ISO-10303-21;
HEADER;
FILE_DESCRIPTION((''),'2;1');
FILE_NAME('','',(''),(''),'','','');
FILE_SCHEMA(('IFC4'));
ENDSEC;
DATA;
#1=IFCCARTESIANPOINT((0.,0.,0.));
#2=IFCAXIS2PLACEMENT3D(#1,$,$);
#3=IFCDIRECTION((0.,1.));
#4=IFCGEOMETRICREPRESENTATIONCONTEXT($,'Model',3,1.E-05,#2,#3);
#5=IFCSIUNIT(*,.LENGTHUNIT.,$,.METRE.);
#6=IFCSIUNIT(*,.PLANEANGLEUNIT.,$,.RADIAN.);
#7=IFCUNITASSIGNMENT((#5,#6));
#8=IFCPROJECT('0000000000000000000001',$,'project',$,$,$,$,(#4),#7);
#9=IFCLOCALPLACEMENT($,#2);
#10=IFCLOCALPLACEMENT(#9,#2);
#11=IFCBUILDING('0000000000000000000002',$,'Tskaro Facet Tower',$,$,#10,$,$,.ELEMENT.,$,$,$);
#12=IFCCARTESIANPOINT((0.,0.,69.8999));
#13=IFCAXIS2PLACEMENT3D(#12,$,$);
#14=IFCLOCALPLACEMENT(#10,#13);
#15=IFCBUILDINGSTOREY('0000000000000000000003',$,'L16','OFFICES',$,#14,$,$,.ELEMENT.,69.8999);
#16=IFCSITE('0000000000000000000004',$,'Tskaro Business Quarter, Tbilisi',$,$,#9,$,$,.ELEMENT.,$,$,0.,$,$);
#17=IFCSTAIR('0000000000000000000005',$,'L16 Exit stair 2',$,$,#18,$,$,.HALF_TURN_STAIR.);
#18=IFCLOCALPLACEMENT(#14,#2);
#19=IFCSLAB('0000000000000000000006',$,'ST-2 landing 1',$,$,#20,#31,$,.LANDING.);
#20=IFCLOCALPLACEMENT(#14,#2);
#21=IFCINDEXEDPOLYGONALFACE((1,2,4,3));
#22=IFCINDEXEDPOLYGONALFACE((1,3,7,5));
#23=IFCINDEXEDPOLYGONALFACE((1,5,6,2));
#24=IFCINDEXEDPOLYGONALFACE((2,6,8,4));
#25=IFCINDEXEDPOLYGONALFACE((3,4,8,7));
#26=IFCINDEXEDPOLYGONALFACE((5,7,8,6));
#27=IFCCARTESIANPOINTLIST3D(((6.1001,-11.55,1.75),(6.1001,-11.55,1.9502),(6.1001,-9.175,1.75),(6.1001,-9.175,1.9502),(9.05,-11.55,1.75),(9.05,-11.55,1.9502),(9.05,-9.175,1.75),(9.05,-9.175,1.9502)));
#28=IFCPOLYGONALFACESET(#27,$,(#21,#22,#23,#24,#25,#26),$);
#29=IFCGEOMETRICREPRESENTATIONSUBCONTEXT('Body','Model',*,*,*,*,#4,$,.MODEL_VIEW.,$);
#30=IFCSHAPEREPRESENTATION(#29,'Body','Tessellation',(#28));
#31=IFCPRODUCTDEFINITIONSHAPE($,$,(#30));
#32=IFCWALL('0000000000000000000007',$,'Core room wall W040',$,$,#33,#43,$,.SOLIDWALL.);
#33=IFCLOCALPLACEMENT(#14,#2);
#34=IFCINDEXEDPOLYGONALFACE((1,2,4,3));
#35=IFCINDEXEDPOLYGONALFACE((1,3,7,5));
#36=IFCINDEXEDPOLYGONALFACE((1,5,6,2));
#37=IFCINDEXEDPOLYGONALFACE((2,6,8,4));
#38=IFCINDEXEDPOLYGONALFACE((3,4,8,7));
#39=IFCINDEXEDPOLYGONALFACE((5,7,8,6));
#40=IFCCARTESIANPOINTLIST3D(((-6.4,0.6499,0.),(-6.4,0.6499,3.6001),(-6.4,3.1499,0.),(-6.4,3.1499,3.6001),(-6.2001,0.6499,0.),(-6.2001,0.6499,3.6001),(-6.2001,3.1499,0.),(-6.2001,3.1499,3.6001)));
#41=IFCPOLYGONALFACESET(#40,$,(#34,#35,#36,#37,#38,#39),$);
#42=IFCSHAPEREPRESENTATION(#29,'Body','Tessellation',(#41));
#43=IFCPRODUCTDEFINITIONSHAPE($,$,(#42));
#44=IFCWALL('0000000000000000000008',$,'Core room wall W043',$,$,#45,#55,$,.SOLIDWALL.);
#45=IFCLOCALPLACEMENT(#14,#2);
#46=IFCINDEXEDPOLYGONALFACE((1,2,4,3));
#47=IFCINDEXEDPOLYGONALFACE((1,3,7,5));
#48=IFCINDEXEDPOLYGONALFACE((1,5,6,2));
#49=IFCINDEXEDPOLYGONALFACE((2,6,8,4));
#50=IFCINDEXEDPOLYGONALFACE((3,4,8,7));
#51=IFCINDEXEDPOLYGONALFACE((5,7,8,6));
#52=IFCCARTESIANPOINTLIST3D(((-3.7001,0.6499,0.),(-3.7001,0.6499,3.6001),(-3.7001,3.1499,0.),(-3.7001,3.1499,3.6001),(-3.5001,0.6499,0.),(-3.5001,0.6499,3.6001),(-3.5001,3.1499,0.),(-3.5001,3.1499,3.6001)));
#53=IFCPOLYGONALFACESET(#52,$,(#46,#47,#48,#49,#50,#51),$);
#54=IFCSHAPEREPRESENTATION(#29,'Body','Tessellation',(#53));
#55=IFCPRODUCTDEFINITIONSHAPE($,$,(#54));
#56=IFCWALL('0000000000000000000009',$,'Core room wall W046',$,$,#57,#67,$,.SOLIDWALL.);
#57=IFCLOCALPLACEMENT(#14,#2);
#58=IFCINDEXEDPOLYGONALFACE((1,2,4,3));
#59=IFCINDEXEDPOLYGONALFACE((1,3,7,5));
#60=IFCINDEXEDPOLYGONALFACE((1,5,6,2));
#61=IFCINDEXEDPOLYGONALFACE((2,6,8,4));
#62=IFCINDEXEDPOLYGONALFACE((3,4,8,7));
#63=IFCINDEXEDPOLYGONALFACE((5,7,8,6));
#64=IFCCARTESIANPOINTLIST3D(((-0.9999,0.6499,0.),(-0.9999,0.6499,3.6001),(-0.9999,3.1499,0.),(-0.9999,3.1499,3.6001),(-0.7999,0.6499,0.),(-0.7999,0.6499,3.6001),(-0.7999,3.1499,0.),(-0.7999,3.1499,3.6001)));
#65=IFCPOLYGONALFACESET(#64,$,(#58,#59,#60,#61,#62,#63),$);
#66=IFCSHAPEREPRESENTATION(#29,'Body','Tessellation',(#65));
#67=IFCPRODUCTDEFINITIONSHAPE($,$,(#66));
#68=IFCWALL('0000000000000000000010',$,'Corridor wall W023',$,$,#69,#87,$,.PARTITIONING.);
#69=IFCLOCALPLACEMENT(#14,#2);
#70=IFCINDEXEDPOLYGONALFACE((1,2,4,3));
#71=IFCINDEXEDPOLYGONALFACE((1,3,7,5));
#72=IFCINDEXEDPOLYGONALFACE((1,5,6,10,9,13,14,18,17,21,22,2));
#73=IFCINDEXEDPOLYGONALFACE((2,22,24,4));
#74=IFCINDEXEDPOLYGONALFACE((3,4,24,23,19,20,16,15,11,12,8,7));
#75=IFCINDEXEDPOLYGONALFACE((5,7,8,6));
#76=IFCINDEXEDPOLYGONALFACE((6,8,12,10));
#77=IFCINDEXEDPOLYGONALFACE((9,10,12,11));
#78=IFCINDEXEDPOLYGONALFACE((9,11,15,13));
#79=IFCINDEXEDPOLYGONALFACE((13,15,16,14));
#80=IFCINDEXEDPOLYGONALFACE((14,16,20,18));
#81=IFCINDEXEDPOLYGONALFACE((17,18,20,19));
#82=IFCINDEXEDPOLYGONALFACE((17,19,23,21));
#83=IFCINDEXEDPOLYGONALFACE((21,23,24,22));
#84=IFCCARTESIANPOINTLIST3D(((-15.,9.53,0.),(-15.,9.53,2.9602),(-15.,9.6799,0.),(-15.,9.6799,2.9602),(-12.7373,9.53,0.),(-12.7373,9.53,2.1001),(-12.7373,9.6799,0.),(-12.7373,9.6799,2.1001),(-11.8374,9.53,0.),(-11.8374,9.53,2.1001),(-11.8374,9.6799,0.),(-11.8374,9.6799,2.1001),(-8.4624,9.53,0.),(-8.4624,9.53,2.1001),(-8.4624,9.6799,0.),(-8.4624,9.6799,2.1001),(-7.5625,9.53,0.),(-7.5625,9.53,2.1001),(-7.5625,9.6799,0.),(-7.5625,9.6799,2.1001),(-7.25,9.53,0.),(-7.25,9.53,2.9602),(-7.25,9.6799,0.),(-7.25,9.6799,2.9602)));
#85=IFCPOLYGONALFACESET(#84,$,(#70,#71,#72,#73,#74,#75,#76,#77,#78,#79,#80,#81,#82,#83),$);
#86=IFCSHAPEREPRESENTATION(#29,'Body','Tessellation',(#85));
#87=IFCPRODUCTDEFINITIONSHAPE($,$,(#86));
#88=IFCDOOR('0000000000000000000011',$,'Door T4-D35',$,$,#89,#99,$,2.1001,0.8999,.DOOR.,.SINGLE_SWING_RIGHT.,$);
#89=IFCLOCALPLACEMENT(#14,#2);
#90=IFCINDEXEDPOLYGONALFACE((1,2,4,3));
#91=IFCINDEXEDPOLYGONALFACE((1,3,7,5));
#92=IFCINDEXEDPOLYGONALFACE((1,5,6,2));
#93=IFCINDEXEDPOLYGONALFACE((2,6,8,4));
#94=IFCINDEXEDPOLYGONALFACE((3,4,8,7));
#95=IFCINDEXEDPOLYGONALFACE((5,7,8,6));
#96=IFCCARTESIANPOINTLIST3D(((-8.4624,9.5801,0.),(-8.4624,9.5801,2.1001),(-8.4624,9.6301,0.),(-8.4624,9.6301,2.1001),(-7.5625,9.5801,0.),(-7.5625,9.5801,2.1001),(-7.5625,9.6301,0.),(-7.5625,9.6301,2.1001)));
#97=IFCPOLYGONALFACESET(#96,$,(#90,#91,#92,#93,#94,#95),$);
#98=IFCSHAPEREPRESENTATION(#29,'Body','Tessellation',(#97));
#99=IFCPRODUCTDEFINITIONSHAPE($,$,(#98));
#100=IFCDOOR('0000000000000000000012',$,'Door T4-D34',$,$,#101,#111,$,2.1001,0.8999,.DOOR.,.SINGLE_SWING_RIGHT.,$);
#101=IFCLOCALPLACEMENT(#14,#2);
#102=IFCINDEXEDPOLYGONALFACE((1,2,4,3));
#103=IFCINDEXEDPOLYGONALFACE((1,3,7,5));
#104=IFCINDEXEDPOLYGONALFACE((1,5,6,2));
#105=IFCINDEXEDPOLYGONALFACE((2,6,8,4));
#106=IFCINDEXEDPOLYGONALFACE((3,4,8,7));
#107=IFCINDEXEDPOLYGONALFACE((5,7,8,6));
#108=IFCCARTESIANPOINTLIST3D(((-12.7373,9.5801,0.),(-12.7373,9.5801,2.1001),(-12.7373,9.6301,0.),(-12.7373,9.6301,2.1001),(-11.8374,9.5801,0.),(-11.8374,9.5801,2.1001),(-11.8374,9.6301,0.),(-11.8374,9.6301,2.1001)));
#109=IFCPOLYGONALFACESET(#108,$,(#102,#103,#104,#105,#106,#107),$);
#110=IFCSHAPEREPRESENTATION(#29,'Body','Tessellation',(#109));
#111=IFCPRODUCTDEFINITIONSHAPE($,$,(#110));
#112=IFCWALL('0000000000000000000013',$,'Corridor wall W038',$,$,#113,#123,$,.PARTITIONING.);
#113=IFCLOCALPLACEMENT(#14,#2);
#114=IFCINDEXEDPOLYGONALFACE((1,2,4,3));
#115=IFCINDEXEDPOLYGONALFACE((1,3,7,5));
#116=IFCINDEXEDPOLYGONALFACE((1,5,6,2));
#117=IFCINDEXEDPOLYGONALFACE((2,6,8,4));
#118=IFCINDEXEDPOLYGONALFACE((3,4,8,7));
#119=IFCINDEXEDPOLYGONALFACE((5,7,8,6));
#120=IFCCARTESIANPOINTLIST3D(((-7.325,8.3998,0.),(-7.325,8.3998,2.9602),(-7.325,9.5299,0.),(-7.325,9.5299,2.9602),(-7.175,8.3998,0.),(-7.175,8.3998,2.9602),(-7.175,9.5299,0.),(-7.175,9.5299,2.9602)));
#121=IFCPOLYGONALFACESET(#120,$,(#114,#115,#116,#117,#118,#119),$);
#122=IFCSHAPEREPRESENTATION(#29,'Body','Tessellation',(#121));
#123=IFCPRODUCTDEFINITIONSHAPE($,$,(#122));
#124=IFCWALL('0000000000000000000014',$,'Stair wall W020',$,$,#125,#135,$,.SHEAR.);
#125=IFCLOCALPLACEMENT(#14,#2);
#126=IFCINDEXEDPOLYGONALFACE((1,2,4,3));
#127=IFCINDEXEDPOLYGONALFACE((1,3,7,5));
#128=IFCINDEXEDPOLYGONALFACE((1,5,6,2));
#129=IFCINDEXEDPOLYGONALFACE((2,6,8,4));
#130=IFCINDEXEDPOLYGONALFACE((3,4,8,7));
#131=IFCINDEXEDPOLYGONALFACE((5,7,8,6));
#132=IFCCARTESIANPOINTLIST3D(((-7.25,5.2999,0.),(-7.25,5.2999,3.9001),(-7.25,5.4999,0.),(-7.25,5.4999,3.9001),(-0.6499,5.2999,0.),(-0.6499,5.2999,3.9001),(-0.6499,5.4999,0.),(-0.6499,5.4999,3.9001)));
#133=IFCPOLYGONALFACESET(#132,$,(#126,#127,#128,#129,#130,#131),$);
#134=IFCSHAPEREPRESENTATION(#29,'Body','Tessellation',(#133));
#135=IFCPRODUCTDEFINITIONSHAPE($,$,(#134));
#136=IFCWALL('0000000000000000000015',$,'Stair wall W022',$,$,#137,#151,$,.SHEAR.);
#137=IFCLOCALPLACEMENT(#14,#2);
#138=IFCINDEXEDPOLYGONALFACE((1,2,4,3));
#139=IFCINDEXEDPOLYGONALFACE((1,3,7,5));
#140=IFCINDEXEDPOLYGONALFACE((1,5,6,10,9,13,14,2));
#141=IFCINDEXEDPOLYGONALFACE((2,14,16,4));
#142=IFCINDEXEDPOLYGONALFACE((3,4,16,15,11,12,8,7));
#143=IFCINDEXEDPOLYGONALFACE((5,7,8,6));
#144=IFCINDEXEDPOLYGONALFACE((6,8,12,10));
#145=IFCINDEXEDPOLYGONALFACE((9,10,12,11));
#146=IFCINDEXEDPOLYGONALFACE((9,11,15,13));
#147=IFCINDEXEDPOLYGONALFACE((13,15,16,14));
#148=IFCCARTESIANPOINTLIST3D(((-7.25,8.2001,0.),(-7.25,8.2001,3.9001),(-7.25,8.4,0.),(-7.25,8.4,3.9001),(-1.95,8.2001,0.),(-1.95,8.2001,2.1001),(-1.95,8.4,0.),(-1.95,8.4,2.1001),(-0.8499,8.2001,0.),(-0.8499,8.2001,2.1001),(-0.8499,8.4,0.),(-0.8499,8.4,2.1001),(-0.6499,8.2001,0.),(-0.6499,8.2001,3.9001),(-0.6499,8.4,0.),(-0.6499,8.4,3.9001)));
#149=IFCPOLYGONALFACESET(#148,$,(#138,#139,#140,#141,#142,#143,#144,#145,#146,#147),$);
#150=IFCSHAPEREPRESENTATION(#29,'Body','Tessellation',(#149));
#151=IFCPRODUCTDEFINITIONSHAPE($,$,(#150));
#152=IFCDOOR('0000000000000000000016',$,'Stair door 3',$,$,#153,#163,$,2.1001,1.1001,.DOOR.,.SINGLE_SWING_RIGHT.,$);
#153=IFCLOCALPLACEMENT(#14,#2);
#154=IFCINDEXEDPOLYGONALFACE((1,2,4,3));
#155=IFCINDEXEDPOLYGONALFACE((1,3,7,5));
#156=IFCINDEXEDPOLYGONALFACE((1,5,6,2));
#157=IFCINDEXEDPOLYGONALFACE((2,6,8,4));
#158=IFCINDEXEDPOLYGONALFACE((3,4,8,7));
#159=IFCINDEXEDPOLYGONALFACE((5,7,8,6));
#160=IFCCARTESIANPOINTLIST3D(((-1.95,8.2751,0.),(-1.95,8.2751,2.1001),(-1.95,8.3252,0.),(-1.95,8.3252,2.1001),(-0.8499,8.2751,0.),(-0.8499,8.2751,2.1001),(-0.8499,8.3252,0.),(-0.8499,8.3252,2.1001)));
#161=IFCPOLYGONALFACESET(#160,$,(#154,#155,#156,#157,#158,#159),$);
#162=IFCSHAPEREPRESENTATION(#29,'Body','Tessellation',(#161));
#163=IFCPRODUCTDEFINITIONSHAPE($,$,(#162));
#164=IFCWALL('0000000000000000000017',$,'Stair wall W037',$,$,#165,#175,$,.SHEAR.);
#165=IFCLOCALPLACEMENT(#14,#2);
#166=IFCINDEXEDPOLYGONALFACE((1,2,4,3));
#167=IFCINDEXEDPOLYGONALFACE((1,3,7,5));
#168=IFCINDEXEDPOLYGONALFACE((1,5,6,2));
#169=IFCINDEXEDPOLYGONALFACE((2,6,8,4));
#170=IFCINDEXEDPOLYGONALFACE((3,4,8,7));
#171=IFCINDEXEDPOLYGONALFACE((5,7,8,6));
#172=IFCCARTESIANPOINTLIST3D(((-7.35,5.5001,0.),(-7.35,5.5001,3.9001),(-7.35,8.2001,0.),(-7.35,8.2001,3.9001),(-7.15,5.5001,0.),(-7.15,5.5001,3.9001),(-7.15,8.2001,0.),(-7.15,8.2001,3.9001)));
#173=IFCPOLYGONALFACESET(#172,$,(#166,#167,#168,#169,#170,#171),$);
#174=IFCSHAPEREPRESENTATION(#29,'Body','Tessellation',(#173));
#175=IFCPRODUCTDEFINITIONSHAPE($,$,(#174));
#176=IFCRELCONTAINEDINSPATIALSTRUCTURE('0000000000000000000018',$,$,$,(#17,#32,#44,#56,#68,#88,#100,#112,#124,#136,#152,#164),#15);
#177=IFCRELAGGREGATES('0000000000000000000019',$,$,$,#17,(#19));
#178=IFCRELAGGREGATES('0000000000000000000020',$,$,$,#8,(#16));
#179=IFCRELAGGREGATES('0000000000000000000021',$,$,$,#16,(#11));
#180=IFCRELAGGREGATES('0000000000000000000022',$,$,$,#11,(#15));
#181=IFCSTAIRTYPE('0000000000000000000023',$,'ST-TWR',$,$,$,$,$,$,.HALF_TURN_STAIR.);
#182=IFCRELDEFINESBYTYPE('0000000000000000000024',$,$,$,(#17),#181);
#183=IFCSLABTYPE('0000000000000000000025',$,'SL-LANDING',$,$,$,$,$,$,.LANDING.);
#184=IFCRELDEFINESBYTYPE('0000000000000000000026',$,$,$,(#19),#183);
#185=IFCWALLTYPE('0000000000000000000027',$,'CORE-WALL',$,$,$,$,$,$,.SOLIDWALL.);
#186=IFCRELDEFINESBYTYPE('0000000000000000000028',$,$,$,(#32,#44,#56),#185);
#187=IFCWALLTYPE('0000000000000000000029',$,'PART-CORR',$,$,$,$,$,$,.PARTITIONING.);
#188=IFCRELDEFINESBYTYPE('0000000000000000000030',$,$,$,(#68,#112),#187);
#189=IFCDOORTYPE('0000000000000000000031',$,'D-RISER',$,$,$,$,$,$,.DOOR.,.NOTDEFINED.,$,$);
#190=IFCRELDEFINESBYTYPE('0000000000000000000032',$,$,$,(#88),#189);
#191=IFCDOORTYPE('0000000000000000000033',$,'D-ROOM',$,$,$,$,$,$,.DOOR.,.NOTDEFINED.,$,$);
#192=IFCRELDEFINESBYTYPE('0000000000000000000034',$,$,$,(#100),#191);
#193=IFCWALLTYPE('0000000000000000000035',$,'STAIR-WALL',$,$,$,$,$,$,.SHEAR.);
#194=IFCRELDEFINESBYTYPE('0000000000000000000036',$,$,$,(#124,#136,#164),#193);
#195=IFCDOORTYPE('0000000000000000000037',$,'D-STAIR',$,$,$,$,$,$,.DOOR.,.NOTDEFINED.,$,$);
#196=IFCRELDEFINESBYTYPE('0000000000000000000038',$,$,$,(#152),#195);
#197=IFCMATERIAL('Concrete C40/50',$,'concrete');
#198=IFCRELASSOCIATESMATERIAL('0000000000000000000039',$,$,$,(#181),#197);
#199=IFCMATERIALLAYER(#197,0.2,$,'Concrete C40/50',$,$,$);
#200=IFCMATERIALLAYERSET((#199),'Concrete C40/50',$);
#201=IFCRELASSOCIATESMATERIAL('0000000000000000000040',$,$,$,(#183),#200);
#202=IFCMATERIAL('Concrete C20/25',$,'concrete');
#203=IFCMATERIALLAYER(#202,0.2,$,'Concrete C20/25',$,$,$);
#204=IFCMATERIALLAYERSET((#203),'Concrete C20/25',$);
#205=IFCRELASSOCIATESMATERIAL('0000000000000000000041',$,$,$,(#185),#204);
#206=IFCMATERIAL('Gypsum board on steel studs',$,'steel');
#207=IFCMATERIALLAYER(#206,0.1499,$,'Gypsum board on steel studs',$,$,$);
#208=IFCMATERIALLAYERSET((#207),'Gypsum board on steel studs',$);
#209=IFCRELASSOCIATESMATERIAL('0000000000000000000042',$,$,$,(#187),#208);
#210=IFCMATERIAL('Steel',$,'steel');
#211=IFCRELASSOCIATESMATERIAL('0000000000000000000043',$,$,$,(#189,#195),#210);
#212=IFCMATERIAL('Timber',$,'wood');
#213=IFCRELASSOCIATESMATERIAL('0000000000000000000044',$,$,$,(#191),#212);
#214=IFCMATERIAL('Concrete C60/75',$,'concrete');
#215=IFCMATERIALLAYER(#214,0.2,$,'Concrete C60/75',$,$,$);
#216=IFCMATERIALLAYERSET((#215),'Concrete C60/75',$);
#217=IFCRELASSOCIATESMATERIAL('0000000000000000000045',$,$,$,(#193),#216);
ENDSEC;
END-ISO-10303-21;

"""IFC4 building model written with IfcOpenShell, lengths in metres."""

from ifc_helpers import new_model, si_unit, direction, frame, frame_2d, origin, place, context, subcontext, project, spatial, polyline, rectangle, outline, extrude, material, layer, layer_set, type_object, element, fill, aggregate, save


model = new_model("IFC4")

# Units and contexts
model_context = context("Model", 3, precision=1e-05, world=origin(), true_north=direction((0.0, 1.0)))
body_context = subcontext(model_context, "Body", "Model", "MODEL_VIEW")
ifc_project = project(units=[si_unit("LENGTHUNIT", "METRE"), si_unit("PLANEANGLEUNIT", "RADIAN")], contexts=[model_context])

# Site, building, storey
site_placement = place(None, origin())
site = spatial("IfcSite", under=ifc_project, at=site_placement, Name="Tskaro Business Quarter, Tbilisi", CompositionType="ELEMENT", RefElevation=0.0)
building_placement = place(site_placement, origin())
building = spatial("IfcBuilding", under=site, at=building_placement, Name="Tskaro Facet Tower", CompositionType="ELEMENT")
storey_placement = place(building_placement, frame((0.0, 0.0, 69.8999)))
storey = spatial("IfcBuildingStorey", under=building, at=storey_placement, Name="L16", Description="OFFICES", CompositionType="ELEMENT", Elevation=69.8999)

# Stair, slab
ifc_material_1 = material(Name="Concrete C40/50", Category="concrete")
stair_type = type_object("IfcStairType", Name="ST-TWR", PredefinedType="HALF_TURN_STAIR", material=ifc_material_1)
ifc_layer_1 = layer(ifc_material_1, 0.2, Name="Concrete C40/50")
ifc_layer_set_1 = layer_set([ifc_layer_1], Name="Concrete C40/50")
slab_type = type_object("IfcSlabType", Name="SL-LANDING", PredefinedType="LANDING", material=ifc_layer_set_1)
stair_1_placement = place(storey_placement, origin())
stair_1 = element("IfcStair", 1, at=stair_1_placement, inside=storey, type_object=stair_type, Name="L16 Exit stair 2", PredefinedType="HALF_TURN_STAIR")
slab_1_placement = place(storey_placement, frame((0.0, 0.0, 1.75)))
slab_1 = element("IfcSlab", 2, at=slab_1_placement, type_object=slab_type, Name="ST-2 landing 1", PredefinedType="LANDING", context=body_context, shape_type="SweptSolid", body=[
    extrude(outline(polyline([(6.1001, -11.55), (9.05, -11.55), (9.05, -9.175), (6.1001, -9.175), (6.1001, -11.55)])), origin(), (0.0, 0.0, 1.0), 0.2002),
])
aggregate(stair_1, [slab_1])

# Walls
ifc_material_2 = material(Name="Concrete C20/25", Category="concrete")
ifc_layer_2 = layer(ifc_material_2, 0.2, Name="Concrete C20/25")
ifc_layer_set_2 = layer_set([ifc_layer_2], Name="Concrete C20/25")
wall_type_1 = type_object("IfcWallType", Name="CORE-WALL", PredefinedType="SOLIDWALL", material=ifc_layer_set_2)
for number, where, z_axis, x_axis, name in (
    (3, (-6.3, 0.6499, 0.0), (0.0, 0.0, 1.0), (0.0, 1.0, 0.0), "Core room wall W040"),
    (4, (-3.6001, 0.6499, 0.0), (0.0, 0.0, 1.0), (0.0, 1.0, 0.0), "Core room wall W043"),
    (5, (-0.8999, 0.6499, 0.0), (0.0, 0.0, 1.0), (0.0, 1.0, 0.0), "Core room wall W046"),
):
    element("IfcWall", number, at=place(storey_placement, frame(where, z_axis=z_axis, x_axis=x_axis)), inside=storey, type_object=wall_type_1, Name=name, PredefinedType="SOLIDWALL", context=body_context, shape_type="SweptSolid", body=[
        extrude(rectangle(XDim=2.5, YDim=0.2, at=frame_2d((1.25, 0.0))), origin(), (0.0, 0.0, 1.0), 3.6001),
    ])

# Wall, openings, doors
ifc_material_3 = material(Name="Gypsum board on steel studs", Category="steel")
ifc_layer_3 = layer(ifc_material_3, 0.1499, Name="Gypsum board on steel studs")
ifc_layer_set_3 = layer_set([ifc_layer_3], Name="Gypsum board on steel studs")
wall_type_2 = type_object("IfcWallType", Name="PART-CORR", PredefinedType="PARTITIONING", material=ifc_layer_set_3)
wall_1_placement = place(storey_placement, frame((-7.25, 9.605, 0.0), z_axis=(0.0, 0.0, 1.0), x_axis=(-1.0, 0.0, 0.0)))
wall_1 = element("IfcWall", 6, at=wall_1_placement, inside=storey, type_object=wall_type_2, Name="Corridor wall W023", PredefinedType="PARTITIONING", context=body_context, shape_type="SweptSolid", body=[
    extrude(rectangle(XDim=7.75, YDim=0.1499, at=frame_2d((3.875, 0.0))), origin(), (0.0, 0.0, 1.0), 2.9602),
])
opening_1_placement = place(wall_1_placement, frame((0.3125, 0.0, 0.0)))
opening_1 = element("IfcOpeningElement", 7, at=opening_1_placement, cuts=wall_1, PredefinedType="OPENING", context=body_context, shape_type="SweptSolid", body=[
    extrude(rectangle(XDim=0.8999, YDim=2.1001, at=frame_2d((0.45, 1.05))), frame((0.0, 0.085, 0.0), z_axis=(0.0, -1.0, 0.0), x_axis=(1.0, 0.0, 0.0)), (0.0, 0.0, 1.0), 0.1699),
])
opening_2_placement = place(wall_1_placement, frame((4.5874, 0.0, 0.0)))
opening_2 = element("IfcOpeningElement", 8, at=opening_2_placement, cuts=wall_1, PredefinedType="OPENING", context=body_context, shape_type="SweptSolid", body=[
    extrude(rectangle(XDim=0.8999, YDim=2.1001, at=frame_2d((0.45, 1.05))), frame((0.0, 0.085, 0.0), z_axis=(0.0, -1.0, 0.0), x_axis=(1.0, 0.0, 0.0)), (0.0, 0.0, 1.0), 0.1699),
])
ifc_material_4 = material(Name="Steel", Category="steel")
door_type_1 = type_object("IfcDoorType", Name="D-RISER", OperationType="NOTDEFINED", PredefinedType="DOOR", material=ifc_material_4)
door_1_placement = place(opening_1_placement, origin())
door_1 = element("IfcDoor", 9, at=door_1_placement, inside=storey, type_object=door_type_1, Name="Door T4-D35", OperationType="SINGLE_SWING_RIGHT", OverallHeight=2.1001, OverallWidth=0.8999, PredefinedType="DOOR", context=body_context, shape_type="SweptSolid", body=[
    extrude(rectangle(XDim=0.8999, YDim=2.1001, at=frame_2d((0.45, 1.05))), frame((0.0, 0.0249, 0.0), z_axis=(0.0, -1.0, 0.0), x_axis=(1.0, 0.0, 0.0)), (0.0, 0.0, 1.0), 0.05),
])
fill(opening_1, door_1)
ifc_material_5 = material(Name="Timber", Category="wood")
door_type_2 = type_object("IfcDoorType", Name="D-ROOM", OperationType="NOTDEFINED", PredefinedType="DOOR", material=ifc_material_5)
door_2_placement = place(opening_2_placement, origin())
door_2 = element("IfcDoor", 10, at=door_2_placement, inside=storey, type_object=door_type_2, Name="Door T4-D34", OperationType="SINGLE_SWING_RIGHT", OverallHeight=2.1001, OverallWidth=0.8999, PredefinedType="DOOR", context=body_context, shape_type="SweptSolid", body=[
    extrude(rectangle(XDim=0.8999, YDim=2.1001, at=frame_2d((0.45, 1.05))), frame((0.0, 0.0249, 0.0), z_axis=(0.0, -1.0, 0.0), x_axis=(1.0, 0.0, 0.0)), (0.0, 0.0, 1.0), 0.05),
])
fill(opening_2, door_2)

# Walls
wall_2_placement = place(storey_placement, frame((-7.25, 8.3999, 0.0), z_axis=(0.0, 0.0, 1.0), x_axis=(0.0, 1.0, 0.0)))
element("IfcWall", 11, at=wall_2_placement, inside=storey, type_object=wall_type_2, Name="Corridor wall W038", PredefinedType="PARTITIONING", context=body_context, shape_type="SweptSolid", body=[
    extrude(rectangle(XDim=1.1301, YDim=0.1499, at=frame_2d((0.5649, 0.0))), origin(), (0.0, 0.0, 1.0), 2.9602),
])
ifc_material_6 = material(Name="Concrete C60/75", Category="concrete")
ifc_layer_4 = layer(ifc_material_6, 0.2, Name="Concrete C60/75")
ifc_layer_set_4 = layer_set([ifc_layer_4], Name="Concrete C60/75")
wall_type_3 = type_object("IfcWallType", Name="STAIR-WALL", PredefinedType="SHEAR", material=ifc_layer_set_4)
wall_3_placement = place(storey_placement, frame((-7.25, 5.3999, 0.0), z_axis=(0.0, 0.0, 1.0), x_axis=(1.0, 0.0, 0.0)))
element("IfcWall", 12, at=wall_3_placement, inside=storey, type_object=wall_type_3, Name="Stair wall W020", PredefinedType="SHEAR", context=body_context, shape_type="SweptSolid", body=[
    extrude(rectangle(XDim=6.6001, YDim=0.2, at=frame_2d((3.3, 0.0))), origin(), (0.0, 0.0, 1.0), 3.9001),
])

# Wall, opening, door
wall_4_placement = place(storey_placement, frame((-0.6499, 8.3, 0.0), z_axis=(0.0, 0.0, 1.0), x_axis=(-1.0, 0.0, 0.0)))
wall_4 = element("IfcWall", 13, at=wall_4_placement, inside=storey, type_object=wall_type_3, Name="Stair wall W022", PredefinedType="SHEAR", context=body_context, shape_type="SweptSolid", body=[
    extrude(rectangle(XDim=6.6001, YDim=0.2, at=frame_2d((3.3, 0.0))), origin(), (0.0, 0.0, 1.0), 3.9001),
])
opening_3_placement = place(wall_4_placement, frame((0.2, 0.0, 0.0)))
opening_3 = element("IfcOpeningElement", 14, at=opening_3_placement, cuts=wall_4, PredefinedType="OPENING", context=body_context, shape_type="SweptSolid", body=[
    extrude(rectangle(XDim=1.1001, YDim=2.1001, at=frame_2d((0.55, 1.05))), frame((0.0, 0.1099, 0.0), z_axis=(0.0, -1.0, 0.0), x_axis=(1.0, 0.0, 0.0)), (0.0, 0.0, 1.0), 0.22),
])
door_type_3 = type_object("IfcDoorType", Name="D-STAIR", OperationType="NOTDEFINED", PredefinedType="DOOR", material=ifc_material_4)
door_3_placement = place(opening_3_placement, origin())
door_3 = element("IfcDoor", 15, at=door_3_placement, inside=storey, type_object=door_type_3, Name="Stair door 3", OperationType="SINGLE_SWING_RIGHT", OverallHeight=2.1001, OverallWidth=1.1001, PredefinedType="DOOR", context=body_context, shape_type="SweptSolid", body=[
    extrude(rectangle(XDim=1.1001, YDim=2.1001, at=frame_2d((0.55, 1.05))), frame((0.0, 0.0249, 0.0), z_axis=(0.0, -1.0, 0.0), x_axis=(1.0, 0.0, 0.0)), (0.0, 0.0, 1.0), 0.05),
])
fill(opening_3, door_3)

# Wall
for number, where, z_axis, x_axis, name in (
    (16, (-7.25, 5.5, 0.0), (0.0, 0.0, 1.0), (0.0, 1.0, 0.0), "Stair wall W037"),
):
    element("IfcWall", number, at=place(storey_placement, frame(where, z_axis=z_axis, x_axis=x_axis)), inside=storey, type_object=wall_type_3, Name=name, PredefinedType="SHEAR", context=body_context, shape_type="SweptSolid", body=[
        extrude(rectangle(XDim=2.7, YDim=0.2, at=frame_2d((1.3501, 0.0))), origin(), (0.0, 0.0, 1.0), 3.9001),
    ])

save(model, "model.ifc")
